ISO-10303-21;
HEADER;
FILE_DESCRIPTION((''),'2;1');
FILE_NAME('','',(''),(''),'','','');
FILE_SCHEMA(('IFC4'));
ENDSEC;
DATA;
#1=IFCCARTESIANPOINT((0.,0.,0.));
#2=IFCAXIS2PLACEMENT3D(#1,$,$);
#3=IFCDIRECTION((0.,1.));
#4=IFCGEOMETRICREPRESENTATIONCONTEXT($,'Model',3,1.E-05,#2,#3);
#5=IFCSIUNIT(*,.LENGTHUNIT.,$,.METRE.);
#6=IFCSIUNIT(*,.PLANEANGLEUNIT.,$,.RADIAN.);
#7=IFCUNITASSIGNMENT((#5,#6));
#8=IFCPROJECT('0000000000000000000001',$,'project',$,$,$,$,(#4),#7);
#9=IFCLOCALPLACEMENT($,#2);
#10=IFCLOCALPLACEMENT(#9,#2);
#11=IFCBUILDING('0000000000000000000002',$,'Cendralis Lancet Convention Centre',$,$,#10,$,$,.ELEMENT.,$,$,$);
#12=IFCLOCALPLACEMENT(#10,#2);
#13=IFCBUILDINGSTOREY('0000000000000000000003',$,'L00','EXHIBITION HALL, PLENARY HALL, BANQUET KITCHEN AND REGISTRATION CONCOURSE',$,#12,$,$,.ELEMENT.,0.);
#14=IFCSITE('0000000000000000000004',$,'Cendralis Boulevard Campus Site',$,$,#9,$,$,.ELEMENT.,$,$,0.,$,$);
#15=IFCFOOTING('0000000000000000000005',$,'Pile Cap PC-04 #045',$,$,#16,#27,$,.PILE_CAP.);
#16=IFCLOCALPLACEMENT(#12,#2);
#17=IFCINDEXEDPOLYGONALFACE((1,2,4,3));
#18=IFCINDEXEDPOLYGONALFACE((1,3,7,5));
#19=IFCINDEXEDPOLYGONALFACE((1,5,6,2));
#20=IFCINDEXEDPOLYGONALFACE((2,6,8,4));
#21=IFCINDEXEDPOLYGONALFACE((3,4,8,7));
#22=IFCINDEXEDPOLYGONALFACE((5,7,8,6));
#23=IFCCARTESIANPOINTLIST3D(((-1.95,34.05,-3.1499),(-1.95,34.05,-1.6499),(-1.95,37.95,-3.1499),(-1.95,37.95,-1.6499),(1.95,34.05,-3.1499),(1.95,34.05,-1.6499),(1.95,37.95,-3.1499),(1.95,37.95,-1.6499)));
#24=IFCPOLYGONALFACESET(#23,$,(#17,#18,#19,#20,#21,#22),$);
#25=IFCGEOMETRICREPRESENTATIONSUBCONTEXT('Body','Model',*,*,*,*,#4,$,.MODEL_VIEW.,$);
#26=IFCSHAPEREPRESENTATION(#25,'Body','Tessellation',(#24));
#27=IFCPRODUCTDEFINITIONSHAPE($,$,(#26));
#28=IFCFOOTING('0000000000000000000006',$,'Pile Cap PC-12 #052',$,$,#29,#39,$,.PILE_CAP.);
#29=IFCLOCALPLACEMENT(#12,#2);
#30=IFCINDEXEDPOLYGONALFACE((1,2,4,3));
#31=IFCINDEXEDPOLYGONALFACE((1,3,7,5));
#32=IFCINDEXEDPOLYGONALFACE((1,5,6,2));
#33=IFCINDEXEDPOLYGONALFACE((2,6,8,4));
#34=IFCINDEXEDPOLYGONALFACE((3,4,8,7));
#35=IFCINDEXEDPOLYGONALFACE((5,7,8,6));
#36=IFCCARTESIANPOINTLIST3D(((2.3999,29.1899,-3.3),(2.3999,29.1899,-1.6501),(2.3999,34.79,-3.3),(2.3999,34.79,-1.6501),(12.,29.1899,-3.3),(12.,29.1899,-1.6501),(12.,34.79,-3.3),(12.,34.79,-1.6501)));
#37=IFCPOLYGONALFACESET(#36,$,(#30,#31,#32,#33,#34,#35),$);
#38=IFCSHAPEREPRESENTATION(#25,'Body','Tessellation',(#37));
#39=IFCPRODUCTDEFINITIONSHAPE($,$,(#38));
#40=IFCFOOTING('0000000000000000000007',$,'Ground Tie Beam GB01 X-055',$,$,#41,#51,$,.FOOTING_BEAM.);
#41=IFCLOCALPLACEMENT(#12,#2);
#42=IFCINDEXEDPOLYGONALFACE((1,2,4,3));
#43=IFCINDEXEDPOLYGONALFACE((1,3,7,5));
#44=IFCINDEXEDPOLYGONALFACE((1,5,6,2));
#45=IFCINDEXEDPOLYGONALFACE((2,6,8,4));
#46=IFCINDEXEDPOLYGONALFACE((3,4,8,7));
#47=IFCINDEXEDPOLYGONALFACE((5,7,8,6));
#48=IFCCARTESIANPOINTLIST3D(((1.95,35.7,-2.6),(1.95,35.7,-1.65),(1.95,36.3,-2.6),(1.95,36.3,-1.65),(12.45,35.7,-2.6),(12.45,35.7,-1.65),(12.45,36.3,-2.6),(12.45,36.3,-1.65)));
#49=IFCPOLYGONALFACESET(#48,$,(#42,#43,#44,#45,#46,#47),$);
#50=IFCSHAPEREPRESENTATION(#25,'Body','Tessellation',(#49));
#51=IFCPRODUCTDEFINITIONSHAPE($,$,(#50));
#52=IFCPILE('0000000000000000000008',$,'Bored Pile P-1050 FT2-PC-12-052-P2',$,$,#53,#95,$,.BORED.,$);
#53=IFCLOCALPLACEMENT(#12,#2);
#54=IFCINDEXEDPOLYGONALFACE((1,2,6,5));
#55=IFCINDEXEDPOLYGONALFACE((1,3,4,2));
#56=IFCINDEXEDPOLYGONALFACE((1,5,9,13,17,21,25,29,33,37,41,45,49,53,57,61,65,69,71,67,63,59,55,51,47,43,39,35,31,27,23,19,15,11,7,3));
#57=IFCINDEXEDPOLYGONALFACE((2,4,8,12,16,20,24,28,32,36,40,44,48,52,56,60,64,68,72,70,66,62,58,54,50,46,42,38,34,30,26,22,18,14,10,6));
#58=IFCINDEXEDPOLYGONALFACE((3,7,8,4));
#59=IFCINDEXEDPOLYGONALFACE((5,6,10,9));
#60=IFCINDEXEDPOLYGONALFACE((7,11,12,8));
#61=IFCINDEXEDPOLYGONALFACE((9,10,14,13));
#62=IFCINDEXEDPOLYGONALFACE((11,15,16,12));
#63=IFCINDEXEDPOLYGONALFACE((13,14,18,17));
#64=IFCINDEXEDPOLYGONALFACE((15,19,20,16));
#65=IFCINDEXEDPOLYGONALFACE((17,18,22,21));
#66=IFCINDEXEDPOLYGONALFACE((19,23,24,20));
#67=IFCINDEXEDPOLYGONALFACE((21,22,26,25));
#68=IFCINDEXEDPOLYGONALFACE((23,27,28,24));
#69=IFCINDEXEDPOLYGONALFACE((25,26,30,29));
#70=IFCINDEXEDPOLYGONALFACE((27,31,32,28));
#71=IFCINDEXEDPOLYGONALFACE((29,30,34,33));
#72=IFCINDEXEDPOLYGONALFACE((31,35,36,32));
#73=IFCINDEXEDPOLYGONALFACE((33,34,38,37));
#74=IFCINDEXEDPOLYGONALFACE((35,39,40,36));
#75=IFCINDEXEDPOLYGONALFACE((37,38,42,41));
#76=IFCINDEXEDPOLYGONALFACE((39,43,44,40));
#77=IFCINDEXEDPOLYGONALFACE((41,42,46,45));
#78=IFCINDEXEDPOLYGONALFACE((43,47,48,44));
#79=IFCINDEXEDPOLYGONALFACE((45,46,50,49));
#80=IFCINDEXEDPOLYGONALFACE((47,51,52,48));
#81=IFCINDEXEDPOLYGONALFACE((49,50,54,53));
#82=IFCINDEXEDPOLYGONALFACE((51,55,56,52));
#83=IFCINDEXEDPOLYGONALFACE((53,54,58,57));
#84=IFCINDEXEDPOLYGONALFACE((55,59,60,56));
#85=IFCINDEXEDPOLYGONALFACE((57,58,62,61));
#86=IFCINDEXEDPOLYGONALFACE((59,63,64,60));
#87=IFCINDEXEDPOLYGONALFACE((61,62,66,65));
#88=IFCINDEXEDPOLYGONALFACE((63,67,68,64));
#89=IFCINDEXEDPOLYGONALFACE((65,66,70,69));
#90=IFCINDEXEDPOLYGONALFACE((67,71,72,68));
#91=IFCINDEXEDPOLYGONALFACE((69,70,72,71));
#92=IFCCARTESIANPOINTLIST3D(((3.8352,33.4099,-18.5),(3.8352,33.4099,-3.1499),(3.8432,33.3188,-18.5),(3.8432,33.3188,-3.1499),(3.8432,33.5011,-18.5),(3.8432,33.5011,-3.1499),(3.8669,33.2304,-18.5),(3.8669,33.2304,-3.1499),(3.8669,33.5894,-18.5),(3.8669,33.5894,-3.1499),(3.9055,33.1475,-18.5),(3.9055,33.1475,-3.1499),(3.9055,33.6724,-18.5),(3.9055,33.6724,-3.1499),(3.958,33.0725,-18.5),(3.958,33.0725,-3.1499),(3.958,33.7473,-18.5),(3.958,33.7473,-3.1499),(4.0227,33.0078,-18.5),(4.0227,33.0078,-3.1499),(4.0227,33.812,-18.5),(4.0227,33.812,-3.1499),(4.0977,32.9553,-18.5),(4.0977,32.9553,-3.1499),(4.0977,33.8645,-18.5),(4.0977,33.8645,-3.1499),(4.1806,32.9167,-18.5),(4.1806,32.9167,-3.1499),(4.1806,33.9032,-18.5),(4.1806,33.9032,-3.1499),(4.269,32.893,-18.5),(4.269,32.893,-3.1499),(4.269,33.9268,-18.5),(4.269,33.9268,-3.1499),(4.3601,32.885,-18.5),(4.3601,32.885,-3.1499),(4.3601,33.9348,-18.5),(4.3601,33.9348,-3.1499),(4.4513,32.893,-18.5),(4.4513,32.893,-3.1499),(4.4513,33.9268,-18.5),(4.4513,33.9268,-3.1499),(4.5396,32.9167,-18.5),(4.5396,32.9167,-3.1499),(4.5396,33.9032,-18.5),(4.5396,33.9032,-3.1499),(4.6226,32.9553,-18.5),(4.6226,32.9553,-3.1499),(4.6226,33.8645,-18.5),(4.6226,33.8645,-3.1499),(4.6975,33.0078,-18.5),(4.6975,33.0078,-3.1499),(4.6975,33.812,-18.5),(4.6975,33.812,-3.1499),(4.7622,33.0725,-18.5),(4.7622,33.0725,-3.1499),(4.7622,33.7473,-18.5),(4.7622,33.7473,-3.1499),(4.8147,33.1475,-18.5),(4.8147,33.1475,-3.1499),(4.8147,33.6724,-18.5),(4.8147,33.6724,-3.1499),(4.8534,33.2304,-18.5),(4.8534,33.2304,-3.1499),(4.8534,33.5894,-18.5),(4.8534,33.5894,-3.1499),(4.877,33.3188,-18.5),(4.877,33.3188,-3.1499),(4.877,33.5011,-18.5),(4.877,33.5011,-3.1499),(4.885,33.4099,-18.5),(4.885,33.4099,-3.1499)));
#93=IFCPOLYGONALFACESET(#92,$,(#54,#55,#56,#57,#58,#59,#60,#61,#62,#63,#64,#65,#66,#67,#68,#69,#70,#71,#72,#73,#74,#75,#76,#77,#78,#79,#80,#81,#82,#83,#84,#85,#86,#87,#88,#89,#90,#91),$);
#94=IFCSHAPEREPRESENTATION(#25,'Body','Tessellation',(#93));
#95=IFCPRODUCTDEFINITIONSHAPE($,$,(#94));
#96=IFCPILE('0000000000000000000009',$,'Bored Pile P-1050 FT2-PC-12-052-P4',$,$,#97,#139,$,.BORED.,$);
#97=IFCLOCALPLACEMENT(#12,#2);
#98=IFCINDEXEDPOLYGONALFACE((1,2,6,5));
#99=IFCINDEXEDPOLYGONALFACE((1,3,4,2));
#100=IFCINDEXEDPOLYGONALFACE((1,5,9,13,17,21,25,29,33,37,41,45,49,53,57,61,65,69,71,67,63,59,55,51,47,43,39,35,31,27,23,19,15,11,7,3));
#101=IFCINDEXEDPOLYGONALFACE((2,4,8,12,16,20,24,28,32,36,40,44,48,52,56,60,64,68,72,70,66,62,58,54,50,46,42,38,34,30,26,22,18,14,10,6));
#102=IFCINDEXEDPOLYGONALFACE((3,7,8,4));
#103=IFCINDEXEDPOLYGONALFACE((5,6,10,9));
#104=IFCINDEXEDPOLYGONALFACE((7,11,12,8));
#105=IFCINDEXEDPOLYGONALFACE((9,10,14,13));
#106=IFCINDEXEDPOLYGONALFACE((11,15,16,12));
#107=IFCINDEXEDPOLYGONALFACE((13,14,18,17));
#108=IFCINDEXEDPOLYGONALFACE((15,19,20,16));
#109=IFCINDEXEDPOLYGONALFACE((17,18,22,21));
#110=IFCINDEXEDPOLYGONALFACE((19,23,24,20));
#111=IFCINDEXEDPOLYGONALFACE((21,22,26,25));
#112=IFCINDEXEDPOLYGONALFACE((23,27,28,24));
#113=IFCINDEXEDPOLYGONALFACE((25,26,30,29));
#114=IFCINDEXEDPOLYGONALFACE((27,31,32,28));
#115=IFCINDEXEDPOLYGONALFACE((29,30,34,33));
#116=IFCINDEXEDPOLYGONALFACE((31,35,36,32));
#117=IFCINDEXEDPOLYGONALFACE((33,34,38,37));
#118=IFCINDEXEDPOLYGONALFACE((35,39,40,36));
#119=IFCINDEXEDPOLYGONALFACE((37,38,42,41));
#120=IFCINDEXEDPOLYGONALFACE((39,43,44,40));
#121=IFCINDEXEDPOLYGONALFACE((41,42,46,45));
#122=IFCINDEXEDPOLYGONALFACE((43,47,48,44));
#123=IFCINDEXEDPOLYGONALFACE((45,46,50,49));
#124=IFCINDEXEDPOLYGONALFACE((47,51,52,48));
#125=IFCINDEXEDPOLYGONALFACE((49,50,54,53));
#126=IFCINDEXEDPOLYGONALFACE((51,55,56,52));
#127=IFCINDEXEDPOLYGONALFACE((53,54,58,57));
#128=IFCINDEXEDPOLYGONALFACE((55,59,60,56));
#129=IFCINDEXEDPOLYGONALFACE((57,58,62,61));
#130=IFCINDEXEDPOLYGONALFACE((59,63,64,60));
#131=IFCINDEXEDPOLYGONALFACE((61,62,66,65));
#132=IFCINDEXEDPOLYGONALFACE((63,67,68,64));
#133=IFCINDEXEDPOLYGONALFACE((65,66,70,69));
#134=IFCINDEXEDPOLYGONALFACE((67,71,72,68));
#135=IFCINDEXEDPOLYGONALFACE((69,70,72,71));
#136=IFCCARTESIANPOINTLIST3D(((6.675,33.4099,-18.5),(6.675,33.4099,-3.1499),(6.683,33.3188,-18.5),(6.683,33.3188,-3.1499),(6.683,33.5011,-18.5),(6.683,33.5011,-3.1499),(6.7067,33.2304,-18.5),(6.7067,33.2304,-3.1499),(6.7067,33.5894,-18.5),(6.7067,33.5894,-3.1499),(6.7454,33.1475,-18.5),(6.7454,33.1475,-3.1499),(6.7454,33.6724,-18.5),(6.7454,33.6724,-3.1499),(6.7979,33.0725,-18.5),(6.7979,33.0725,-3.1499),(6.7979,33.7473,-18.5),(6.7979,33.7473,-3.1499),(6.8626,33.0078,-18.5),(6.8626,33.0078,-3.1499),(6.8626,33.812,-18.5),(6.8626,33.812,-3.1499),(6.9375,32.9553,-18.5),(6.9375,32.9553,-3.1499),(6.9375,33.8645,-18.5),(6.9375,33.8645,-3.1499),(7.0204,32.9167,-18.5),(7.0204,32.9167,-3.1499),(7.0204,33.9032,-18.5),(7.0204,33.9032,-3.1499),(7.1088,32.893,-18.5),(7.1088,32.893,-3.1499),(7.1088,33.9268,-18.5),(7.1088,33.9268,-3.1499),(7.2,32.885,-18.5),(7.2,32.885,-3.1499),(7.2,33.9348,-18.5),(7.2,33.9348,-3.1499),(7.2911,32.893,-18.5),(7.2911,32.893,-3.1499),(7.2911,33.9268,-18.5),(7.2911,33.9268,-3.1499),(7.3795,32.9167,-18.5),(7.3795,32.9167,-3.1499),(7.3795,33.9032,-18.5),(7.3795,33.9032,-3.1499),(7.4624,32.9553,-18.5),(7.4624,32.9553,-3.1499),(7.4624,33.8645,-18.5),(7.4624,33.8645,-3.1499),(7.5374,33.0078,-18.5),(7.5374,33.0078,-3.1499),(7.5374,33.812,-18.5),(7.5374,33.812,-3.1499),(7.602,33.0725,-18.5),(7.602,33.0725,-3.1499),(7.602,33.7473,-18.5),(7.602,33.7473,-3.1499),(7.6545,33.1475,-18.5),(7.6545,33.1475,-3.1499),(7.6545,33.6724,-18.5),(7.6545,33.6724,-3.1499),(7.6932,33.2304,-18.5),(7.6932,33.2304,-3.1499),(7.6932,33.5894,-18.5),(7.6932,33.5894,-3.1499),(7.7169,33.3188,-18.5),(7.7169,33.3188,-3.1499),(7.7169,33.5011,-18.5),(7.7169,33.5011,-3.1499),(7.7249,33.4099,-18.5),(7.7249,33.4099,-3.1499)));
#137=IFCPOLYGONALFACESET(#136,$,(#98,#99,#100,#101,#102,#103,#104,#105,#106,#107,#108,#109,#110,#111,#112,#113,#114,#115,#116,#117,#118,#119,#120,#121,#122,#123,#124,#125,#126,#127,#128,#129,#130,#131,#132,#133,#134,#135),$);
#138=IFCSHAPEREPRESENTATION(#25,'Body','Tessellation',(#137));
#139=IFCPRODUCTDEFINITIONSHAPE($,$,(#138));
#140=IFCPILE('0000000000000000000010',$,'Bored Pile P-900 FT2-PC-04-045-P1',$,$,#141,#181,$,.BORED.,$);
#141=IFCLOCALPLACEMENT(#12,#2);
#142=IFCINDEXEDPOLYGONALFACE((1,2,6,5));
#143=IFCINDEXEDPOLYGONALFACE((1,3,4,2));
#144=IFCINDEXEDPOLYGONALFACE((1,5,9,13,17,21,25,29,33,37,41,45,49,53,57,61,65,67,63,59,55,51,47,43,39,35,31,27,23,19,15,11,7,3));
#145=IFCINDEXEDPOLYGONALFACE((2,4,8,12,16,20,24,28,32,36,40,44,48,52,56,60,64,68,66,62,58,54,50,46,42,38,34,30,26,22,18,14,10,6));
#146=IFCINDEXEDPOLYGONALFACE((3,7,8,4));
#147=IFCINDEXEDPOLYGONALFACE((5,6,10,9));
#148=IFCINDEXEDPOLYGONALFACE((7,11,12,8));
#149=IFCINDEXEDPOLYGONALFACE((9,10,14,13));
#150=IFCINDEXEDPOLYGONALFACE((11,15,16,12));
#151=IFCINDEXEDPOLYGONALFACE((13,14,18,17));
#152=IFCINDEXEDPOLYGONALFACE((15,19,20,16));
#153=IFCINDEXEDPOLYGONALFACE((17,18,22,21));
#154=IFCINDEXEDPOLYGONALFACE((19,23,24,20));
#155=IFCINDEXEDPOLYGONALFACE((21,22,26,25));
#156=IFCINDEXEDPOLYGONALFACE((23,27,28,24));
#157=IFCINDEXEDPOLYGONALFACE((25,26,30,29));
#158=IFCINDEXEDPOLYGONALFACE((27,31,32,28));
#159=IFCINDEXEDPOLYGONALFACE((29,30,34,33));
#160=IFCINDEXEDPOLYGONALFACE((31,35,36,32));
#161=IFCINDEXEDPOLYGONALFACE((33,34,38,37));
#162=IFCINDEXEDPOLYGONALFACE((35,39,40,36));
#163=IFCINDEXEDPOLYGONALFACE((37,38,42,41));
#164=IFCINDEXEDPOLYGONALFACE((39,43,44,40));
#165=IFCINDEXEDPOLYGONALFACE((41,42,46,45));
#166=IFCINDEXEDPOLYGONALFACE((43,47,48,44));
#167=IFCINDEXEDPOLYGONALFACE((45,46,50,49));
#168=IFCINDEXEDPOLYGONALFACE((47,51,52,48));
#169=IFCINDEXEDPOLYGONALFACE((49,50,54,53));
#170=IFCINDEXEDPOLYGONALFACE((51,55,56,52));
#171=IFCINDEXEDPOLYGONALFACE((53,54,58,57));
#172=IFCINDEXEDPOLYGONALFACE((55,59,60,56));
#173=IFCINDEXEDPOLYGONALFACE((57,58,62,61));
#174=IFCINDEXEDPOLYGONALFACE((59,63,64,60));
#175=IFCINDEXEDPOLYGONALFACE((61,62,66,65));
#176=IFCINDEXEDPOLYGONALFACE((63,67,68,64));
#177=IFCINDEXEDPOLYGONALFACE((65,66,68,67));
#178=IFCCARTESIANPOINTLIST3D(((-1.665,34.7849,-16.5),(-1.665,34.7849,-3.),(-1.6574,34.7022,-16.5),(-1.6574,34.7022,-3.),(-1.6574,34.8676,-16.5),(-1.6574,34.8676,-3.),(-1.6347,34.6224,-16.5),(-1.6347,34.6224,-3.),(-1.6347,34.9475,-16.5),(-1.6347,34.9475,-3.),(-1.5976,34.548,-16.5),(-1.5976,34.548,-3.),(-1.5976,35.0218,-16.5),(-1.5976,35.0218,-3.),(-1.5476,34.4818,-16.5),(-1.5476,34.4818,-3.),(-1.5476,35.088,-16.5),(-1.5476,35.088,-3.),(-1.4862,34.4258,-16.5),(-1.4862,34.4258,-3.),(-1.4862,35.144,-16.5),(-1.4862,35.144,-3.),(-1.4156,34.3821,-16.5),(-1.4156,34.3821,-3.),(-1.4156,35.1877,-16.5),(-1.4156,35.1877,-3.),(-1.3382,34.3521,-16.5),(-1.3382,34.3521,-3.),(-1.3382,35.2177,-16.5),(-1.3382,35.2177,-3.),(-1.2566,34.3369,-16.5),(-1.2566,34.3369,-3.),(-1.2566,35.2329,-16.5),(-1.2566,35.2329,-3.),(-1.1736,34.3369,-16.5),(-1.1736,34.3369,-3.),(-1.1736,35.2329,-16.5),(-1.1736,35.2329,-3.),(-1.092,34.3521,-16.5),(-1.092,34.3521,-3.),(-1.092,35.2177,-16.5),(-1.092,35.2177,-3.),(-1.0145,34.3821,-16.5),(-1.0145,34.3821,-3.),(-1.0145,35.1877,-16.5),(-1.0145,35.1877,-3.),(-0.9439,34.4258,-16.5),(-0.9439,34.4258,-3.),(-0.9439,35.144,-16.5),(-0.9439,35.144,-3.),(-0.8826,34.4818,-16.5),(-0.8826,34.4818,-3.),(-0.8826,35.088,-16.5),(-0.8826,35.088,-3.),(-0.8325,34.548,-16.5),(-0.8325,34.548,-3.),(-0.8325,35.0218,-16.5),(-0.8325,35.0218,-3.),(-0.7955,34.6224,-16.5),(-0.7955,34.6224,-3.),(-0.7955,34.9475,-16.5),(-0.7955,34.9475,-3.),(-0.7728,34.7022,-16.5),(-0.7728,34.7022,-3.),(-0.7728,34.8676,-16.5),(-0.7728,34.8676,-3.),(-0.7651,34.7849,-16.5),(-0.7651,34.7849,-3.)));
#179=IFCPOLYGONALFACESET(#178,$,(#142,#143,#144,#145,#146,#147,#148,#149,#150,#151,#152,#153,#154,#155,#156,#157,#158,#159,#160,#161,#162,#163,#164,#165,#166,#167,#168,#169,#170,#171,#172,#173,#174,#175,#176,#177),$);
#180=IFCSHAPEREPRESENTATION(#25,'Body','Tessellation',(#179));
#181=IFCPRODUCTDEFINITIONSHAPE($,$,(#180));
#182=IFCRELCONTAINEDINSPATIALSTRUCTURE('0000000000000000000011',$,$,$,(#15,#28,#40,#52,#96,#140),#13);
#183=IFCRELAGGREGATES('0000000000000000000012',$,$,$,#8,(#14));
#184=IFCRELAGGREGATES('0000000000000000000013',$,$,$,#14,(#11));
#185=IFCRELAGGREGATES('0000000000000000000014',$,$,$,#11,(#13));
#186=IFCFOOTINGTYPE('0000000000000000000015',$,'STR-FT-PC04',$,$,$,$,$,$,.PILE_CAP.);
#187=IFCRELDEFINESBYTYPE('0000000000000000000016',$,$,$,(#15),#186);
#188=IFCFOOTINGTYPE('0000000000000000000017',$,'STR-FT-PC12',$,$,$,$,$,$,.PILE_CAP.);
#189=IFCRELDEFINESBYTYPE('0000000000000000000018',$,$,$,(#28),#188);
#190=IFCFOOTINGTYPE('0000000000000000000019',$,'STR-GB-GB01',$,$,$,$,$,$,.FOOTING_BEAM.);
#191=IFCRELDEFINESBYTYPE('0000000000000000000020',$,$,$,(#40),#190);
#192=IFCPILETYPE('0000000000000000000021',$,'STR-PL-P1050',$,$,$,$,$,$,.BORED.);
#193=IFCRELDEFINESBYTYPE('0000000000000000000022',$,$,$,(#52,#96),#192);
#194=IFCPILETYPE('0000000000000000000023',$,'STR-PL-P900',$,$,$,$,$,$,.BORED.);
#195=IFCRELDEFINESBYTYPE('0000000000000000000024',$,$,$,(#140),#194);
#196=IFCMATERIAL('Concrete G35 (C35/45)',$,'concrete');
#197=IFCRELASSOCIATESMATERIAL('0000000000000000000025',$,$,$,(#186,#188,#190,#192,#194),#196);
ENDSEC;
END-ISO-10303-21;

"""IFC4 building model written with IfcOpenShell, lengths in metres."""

from ifc_helpers import new_model, si_unit, direction, frame, origin, origin_2d, place, context, subcontext, project, spatial, rectangle, circle, extrude, material, material_profile, profile_set, type_object, element, save


model = new_model("IFC4")

# Units and contexts
model_context = context("Model", 3, precision=1e-05, world=origin(), true_north=direction((0.0, 1.0)))
body_context = subcontext(model_context, "Body", "Model", "MODEL_VIEW")
ifc_project = project(units=[si_unit("LENGTHUNIT", "METRE"), si_unit("PLANEANGLEUNIT", "RADIAN")], contexts=[model_context])

# Site, building, storey
site_placement = place(None, origin())
site = spatial("IfcSite", under=ifc_project, at=site_placement, Name="Cendralis Boulevard Campus Site", CompositionType="ELEMENT", RefElevation=0.0)
building_placement = place(site_placement, origin())
building = spatial("IfcBuilding", under=site, at=building_placement, Name="Cendralis Lancet Convention Centre", CompositionType="ELEMENT")
storey_placement = place(building_placement, origin())
storey = spatial("IfcBuildingStorey", under=building, at=storey_placement, Name="L00", Description="EXHIBITION HALL, PLENARY HALL, BANQUET KITCHEN AND REGISTRATION CONCOURSE", CompositionType="ELEMENT", Elevation=0.0)

# Footings
ifc_material_1 = material(Name="Concrete G35 (C35/45)", Category="concrete")
footing_type_1 = type_object("IfcFootingType", Name="STR-FT-PC04", PredefinedType="PILE_CAP", material=ifc_material_1)
footing_1_placement = place(storey_placement, frame((0.0, 36.0, -3.1499), z_axis=(0.0, 0.0, 1.0), x_axis=(1.0, 0.0, 0.0)))
element("IfcFooting", 1, at=footing_1_placement, inside=storey, type_object=footing_type_1, Name="Pile Cap PC-04 #045", PredefinedType="PILE_CAP", context=body_context, shape_type="SweptSolid", body=[
    extrude(rectangle(XDim=3.8999, YDim=3.8999, at=origin_2d()), origin(), (0.0, 0.0, 1.0), 1.5),
])
footing_type_2 = type_object("IfcFootingType", Name="STR-FT-PC12", PredefinedType="PILE_CAP", material=ifc_material_1)
footing_2_placement = place(storey_placement, frame((7.2, 31.99, -3.3), z_axis=(0.0, 0.0, 1.0), x_axis=(1.0, 0.0, 0.0)))
element("IfcFooting", 2, at=footing_2_placement, inside=storey, type_object=footing_type_2, Name="Pile Cap PC-12 #052", PredefinedType="PILE_CAP", context=body_context, shape_type="SweptSolid", body=[
    extrude(rectangle(XDim=9.6001, YDim=5.6001, at=origin_2d()), origin(), (0.0, 0.0, 1.0), 1.6499),
])
ifc_material_profile_1 = material_profile(ifc_material_1, rectangle(XDim=0.6001, YDim=0.95, at=origin_2d()), Name="RCB 600x950")
ifc_profile_set_1 = profile_set([ifc_material_profile_1], Name="Concrete G35 (C35/45)")
footing_type_3 = type_object("IfcFootingType", Name="STR-GB-GB01", PredefinedType="FOOTING_BEAM", material=ifc_profile_set_1)
footing_3_placement = place(storey_placement, frame((1.95, 36.0, -2.125), z_axis=(1.0, 0.0, 0.0), x_axis=(0.0, 1.0, 0.0)))
element("IfcFooting", 3, at=footing_3_placement, inside=storey, type_object=footing_type_3, Name="Ground Tie Beam GB01 X-055", PredefinedType="FOOTING_BEAM", context=body_context, shape_type="SweptSolid", body=[
    extrude(rectangle(XDim=0.6001, YDim=0.95, at=origin_2d()), origin(), (0.0, 0.0, 1.0), 10.5),
])

# Piles
ifc_material_profile_2 = material_profile(ifc_material_1, circle(Radius=0.5249, at=origin_2d()), Name="BORED PILE D1050")
ifc_profile_set_2 = profile_set([ifc_material_profile_2], Name="Concrete G35 (C35/45)")
pile_type_1 = type_object("IfcPileType", Name="STR-PL-P1050", PredefinedType="BORED", material=ifc_profile_set_2)
for number, where, z_axis, x_axis, name in (
    (4, (4.3601, 33.4099, -3.1499), (0.0, 0.0, -1.0), (1.0, 0.0, 0.0), "Bored Pile P-1050 FT2-PC-12-052-P2"),
    (5, (7.2, 33.4099, -3.1499), (0.0, 0.0, -1.0), (1.0, 0.0, 0.0), "Bored Pile P-1050 FT2-PC-12-052-P4"),
):
    element("IfcPile", number, at=place(storey_placement, frame(where, z_axis=z_axis, x_axis=x_axis)), inside=storey, type_object=pile_type_1, Name=name, PredefinedType="BORED", context=body_context, shape_type="SweptSolid", body=[
        extrude(circle(Radius=0.5249, at=origin_2d()), origin(), (0.0, 0.0, 1.0), 15.3501),
    ])
ifc_material_profile_3 = material_profile(ifc_material_1, circle(Radius=0.45, at=origin_2d()), Name="BORED PILE D900")
ifc_profile_set_3 = profile_set([ifc_material_profile_3], Name="Concrete G35 (C35/45)")
pile_type_2 = type_object("IfcPileType", Name="STR-PL-P900", PredefinedType="BORED", material=ifc_profile_set_3)
for number, where, z_axis, x_axis, name in (
    (6, (-1.2151, 34.7849, -3.0), (0.0, 0.0, -1.0), (1.0, 0.0, 0.0), "Bored Pile P-900 FT2-PC-04-045-P1"),
):
    element("IfcPile", number, at=place(storey_placement, frame(where, z_axis=z_axis, x_axis=x_axis)), inside=storey, type_object=pile_type_2, Name=name, PredefinedType="BORED", context=body_context, shape_type="SweptSolid", body=[
        extrude(circle(Radius=0.45, at=origin_2d()), origin(), (0.0, 0.0, 1.0), 13.5),
    ])

save(model, "model.ifc")
